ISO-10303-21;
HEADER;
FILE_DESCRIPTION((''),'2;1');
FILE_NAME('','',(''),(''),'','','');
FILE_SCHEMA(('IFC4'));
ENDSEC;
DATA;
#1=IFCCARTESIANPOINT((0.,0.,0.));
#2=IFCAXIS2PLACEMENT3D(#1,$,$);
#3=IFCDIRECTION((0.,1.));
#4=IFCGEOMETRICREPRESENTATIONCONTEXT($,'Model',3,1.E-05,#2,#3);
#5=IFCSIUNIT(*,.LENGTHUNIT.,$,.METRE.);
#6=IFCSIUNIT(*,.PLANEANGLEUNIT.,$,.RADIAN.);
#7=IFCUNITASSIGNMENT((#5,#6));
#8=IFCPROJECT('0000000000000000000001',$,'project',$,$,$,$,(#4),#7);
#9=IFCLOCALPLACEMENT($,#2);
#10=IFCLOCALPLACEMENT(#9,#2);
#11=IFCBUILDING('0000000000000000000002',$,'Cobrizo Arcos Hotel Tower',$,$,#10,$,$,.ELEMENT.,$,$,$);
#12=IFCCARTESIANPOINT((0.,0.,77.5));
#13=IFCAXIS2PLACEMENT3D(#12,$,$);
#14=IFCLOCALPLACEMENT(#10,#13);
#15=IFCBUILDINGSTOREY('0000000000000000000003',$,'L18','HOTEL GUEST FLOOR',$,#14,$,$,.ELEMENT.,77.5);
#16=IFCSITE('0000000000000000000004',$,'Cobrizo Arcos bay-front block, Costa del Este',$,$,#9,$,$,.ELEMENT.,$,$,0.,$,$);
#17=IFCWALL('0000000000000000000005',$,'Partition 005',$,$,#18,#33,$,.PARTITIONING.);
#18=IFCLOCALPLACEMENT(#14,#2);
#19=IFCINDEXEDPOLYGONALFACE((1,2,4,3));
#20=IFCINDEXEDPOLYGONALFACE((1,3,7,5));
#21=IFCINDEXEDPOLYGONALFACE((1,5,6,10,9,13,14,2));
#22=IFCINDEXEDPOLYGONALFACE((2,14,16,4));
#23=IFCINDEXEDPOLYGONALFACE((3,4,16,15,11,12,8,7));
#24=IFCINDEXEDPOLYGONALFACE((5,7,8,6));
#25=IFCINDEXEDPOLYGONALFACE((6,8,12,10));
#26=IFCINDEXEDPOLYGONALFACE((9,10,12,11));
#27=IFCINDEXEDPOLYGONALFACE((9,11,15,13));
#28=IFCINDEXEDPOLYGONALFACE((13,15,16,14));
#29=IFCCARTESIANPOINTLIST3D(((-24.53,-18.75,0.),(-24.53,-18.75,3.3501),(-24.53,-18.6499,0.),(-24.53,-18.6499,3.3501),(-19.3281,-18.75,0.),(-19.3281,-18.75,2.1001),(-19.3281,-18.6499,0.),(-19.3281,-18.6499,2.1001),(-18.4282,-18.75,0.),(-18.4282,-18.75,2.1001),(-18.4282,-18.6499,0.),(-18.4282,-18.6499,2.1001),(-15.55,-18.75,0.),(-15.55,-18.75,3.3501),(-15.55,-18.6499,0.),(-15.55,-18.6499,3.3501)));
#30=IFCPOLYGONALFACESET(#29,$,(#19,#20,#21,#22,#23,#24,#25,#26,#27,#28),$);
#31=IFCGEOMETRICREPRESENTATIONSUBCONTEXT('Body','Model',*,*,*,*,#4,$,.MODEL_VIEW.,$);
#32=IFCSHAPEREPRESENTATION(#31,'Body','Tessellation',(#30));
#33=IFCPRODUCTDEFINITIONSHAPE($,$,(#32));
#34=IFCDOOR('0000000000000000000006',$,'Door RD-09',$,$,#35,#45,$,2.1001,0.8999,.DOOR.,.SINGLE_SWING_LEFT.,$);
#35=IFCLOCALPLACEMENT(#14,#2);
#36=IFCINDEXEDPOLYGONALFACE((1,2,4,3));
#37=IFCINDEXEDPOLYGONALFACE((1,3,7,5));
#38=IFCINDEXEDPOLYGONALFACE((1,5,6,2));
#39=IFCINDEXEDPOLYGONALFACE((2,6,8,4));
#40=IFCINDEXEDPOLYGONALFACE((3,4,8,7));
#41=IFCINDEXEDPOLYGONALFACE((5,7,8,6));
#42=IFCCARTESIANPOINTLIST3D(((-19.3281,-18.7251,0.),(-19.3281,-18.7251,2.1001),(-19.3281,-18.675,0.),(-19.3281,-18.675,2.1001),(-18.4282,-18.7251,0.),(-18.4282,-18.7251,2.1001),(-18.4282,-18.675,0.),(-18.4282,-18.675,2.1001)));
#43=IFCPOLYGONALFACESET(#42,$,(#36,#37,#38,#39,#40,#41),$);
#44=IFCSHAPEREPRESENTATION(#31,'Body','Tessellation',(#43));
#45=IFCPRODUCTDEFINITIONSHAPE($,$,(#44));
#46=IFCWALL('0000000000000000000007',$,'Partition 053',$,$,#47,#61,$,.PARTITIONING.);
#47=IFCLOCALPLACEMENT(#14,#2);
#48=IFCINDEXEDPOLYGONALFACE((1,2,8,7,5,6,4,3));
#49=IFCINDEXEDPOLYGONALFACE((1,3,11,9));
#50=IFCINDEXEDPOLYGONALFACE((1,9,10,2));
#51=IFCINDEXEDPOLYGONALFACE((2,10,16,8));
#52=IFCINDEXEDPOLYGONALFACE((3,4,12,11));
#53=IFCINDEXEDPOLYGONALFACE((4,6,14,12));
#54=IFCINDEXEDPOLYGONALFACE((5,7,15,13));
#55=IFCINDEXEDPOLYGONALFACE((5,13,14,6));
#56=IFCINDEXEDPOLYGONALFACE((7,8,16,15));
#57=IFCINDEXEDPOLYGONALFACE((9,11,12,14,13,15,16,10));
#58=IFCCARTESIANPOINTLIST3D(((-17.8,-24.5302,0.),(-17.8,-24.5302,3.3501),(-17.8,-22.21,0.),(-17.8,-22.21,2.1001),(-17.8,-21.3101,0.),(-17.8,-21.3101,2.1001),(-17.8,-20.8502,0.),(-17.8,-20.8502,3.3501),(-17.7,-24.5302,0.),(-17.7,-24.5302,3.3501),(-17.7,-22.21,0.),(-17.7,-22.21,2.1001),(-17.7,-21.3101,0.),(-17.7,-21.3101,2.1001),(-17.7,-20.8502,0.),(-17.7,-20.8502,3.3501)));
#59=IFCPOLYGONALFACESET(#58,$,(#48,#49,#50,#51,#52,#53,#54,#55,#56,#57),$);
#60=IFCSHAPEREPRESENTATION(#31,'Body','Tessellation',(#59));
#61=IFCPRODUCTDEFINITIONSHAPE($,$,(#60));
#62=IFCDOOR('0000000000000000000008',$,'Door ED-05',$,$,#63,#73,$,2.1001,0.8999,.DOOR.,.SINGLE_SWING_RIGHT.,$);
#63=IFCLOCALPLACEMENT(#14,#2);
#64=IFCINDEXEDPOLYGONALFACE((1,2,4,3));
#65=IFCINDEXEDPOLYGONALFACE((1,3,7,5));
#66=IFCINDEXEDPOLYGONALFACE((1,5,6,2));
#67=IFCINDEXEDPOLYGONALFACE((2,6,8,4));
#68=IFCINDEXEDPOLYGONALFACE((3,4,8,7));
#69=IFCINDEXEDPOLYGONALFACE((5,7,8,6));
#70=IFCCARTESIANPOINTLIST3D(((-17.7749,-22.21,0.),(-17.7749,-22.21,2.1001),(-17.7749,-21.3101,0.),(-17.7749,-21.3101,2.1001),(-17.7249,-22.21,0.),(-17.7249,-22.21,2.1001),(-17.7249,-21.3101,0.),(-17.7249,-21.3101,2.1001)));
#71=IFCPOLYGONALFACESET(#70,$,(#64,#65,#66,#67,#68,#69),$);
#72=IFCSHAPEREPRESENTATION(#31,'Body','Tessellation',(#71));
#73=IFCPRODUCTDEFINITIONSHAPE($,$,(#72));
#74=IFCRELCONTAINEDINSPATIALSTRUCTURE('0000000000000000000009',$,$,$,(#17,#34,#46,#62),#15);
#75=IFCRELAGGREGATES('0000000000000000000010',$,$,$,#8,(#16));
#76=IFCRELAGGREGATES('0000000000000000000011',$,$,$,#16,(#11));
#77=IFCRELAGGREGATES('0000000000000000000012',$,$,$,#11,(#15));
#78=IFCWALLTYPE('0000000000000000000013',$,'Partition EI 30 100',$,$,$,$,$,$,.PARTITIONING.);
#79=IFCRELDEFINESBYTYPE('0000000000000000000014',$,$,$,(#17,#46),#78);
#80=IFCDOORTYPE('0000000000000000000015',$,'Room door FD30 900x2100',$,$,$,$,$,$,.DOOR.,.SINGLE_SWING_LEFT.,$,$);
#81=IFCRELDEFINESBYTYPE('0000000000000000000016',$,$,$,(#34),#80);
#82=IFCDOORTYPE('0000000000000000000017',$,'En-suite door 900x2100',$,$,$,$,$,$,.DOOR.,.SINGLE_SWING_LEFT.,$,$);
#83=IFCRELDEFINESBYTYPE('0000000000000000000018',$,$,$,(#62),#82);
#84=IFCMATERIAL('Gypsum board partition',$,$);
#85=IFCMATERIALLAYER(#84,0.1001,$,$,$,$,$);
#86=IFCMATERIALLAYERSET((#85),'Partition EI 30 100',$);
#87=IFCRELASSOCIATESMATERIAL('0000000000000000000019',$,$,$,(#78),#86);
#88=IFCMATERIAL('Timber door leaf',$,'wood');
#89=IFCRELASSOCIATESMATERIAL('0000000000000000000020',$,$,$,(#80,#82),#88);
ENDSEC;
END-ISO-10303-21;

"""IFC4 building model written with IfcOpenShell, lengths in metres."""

from ifc_helpers import new_model, si_unit, direction, frame, frame_2d, origin, place, context, subcontext, project, spatial, rectangle, extrude, material, layer, layer_set, type_object, element, fill, save


model = new_model("IFC4")

# Units and contexts
model_context = context("Model", 3, precision=1e-05, world=origin(), true_north=direction((0.0, 1.0)))
body_context = subcontext(model_context, "Body", "Model", "MODEL_VIEW")
ifc_project = project(units=[si_unit("LENGTHUNIT", "METRE"), si_unit("PLANEANGLEUNIT", "RADIAN")], contexts=[model_context])

# Site, building, storey
site_placement = place(None, origin())
site = spatial("IfcSite", under=ifc_project, at=site_placement, Name="Cobrizo Arcos bay-front block, Costa del Este", CompositionType="ELEMENT", RefElevation=0.0)
building_placement = place(site_placement, origin())
building = spatial("IfcBuilding", under=site, at=building_placement, Name="Cobrizo Arcos Hotel Tower", CompositionType="ELEMENT")
storey_placement = place(building_placement, frame((0.0, 0.0, 77.5)))
storey = spatial("IfcBuildingStorey", under=building, at=storey_placement, Name="L18", Description="HOTEL GUEST FLOOR", CompositionType="ELEMENT", Elevation=77.5)

# Walls, openings, doors
ifc_material_1 = material(Name="Gypsum board partition")
ifc_layer_1 = layer(ifc_material_1, 0.1001)
ifc_layer_set_1 = layer_set([ifc_layer_1], Name="Partition EI 30 100")
wall_type = type_object("IfcWallType", Name="Partition EI 30 100", PredefinedType="PARTITIONING", material=ifc_layer_set_1)
wall_1_placement = place(storey_placement, frame((-24.53, -18.7, 0.0), z_axis=(0.0, 0.0, 1.0), x_axis=(1.0, 0.0, 0.0)))
wall_1 = element("IfcWall", 1, at=wall_1_placement, inside=storey, type_object=wall_type, Name="Partition 005", PredefinedType="PARTITIONING", context=body_context, shape_type="SweptSolid", body=[
    extrude(rectangle(XDim=8.98, YDim=0.1001, at=frame_2d((4.49, 0.0))), origin(), (0.0, 0.0, 1.0), 3.3501),
])
opening_1_placement = place(wall_1_placement, frame((5.2019, 0.0, 0.0)))
opening_1 = element("IfcOpeningElement", 2, at=opening_1_placement, cuts=wall_1, PredefinedType="OPENING", context=body_context, shape_type="SweptSolid", body=[
    extrude(rectangle(XDim=0.8999, YDim=2.1001, at=frame_2d((0.45, 1.05))), frame((0.0, 0.062, 0.0), z_axis=(0.0, -1.0, 0.0), x_axis=(1.0, 0.0, 0.0)), (0.0, 0.0, 1.0), 0.124),
])
ifc_material_2 = material(Name="Timber door leaf", Category="wood")
door_type_1 = type_object("IfcDoorType", Name="Room door FD30 900x2100", OperationType="SINGLE_SWING_LEFT", PredefinedType="DOOR", material=ifc_material_2)
door_1_placement = place(opening_1_placement, origin())
door_1 = element("IfcDoor", 3, at=door_1_placement, inside=storey, type_object=door_type_1, Name="Door RD-09", OperationType="SINGLE_SWING_LEFT", OverallHeight=2.1001, OverallWidth=0.8999, PredefinedType="DOOR", context=body_context, shape_type="SweptSolid", body=[
    extrude(rectangle(XDim=0.8999, YDim=2.1001, at=frame_2d((0.45, 1.05))), frame((0.0, 0.0249, 0.0), z_axis=(0.0, -1.0, 0.0), x_axis=(1.0, 0.0, 0.0)), (0.0, 0.0, 1.0), 0.05),
])
fill(opening_1, door_1)
wall_2_placement = place(storey_placement, frame((-17.75, -24.53, 0.0), z_axis=(0.0, 0.0, 1.0), x_axis=(0.0, 1.0, 0.0)))
wall_2 = element("IfcWall", 4, at=wall_2_placement, inside=storey, type_object=wall_type, Name="Partition 053", PredefinedType="PARTITIONING", context=body_context, shape_type="SweptSolid", body=[
    extrude(rectangle(XDim=3.6799, YDim=0.1001, at=frame_2d((1.8398, 0.0))), origin(), (0.0, 0.0, 1.0), 3.3501),
])
opening_2_placement = place(wall_2_placement, frame((2.3201, 0.0, 0.0)))
opening_2 = element("IfcOpeningElement", 5, at=opening_2_placement, cuts=wall_2, PredefinedType="OPENING", context=body_context, shape_type="SweptSolid", body=[
    extrude(rectangle(XDim=0.8999, YDim=2.1001, at=frame_2d((0.45, 1.05))), frame((0.0, 0.062, 0.0), z_axis=(0.0, -1.0, 0.0), x_axis=(1.0, 0.0, 0.0)), (0.0, 0.0, 1.0), 0.124),
])
door_type_2 = type_object("IfcDoorType", Name="En-suite door 900x2100", OperationType="SINGLE_SWING_LEFT", PredefinedType="DOOR", material=ifc_material_2)
door_2_placement = place(opening_2_placement, origin())
door_2 = element("IfcDoor", 6, at=door_2_placement, inside=storey, type_object=door_type_2, Name="Door ED-05", OperationType="SINGLE_SWING_RIGHT", OverallHeight=2.1001, OverallWidth=0.8999, PredefinedType="DOOR", context=body_context, shape_type="SweptSolid", body=[
    extrude(rectangle(XDim=0.8999, YDim=2.1001, at=frame_2d((0.45, 1.05))), frame((0.0, 0.0249, 0.0), z_axis=(0.0, -1.0, 0.0), x_axis=(1.0, 0.0, 0.0)), (0.0, 0.0, 1.0), 0.05),
])
fill(opening_2, door_2)

save(model, "model.ifc")
